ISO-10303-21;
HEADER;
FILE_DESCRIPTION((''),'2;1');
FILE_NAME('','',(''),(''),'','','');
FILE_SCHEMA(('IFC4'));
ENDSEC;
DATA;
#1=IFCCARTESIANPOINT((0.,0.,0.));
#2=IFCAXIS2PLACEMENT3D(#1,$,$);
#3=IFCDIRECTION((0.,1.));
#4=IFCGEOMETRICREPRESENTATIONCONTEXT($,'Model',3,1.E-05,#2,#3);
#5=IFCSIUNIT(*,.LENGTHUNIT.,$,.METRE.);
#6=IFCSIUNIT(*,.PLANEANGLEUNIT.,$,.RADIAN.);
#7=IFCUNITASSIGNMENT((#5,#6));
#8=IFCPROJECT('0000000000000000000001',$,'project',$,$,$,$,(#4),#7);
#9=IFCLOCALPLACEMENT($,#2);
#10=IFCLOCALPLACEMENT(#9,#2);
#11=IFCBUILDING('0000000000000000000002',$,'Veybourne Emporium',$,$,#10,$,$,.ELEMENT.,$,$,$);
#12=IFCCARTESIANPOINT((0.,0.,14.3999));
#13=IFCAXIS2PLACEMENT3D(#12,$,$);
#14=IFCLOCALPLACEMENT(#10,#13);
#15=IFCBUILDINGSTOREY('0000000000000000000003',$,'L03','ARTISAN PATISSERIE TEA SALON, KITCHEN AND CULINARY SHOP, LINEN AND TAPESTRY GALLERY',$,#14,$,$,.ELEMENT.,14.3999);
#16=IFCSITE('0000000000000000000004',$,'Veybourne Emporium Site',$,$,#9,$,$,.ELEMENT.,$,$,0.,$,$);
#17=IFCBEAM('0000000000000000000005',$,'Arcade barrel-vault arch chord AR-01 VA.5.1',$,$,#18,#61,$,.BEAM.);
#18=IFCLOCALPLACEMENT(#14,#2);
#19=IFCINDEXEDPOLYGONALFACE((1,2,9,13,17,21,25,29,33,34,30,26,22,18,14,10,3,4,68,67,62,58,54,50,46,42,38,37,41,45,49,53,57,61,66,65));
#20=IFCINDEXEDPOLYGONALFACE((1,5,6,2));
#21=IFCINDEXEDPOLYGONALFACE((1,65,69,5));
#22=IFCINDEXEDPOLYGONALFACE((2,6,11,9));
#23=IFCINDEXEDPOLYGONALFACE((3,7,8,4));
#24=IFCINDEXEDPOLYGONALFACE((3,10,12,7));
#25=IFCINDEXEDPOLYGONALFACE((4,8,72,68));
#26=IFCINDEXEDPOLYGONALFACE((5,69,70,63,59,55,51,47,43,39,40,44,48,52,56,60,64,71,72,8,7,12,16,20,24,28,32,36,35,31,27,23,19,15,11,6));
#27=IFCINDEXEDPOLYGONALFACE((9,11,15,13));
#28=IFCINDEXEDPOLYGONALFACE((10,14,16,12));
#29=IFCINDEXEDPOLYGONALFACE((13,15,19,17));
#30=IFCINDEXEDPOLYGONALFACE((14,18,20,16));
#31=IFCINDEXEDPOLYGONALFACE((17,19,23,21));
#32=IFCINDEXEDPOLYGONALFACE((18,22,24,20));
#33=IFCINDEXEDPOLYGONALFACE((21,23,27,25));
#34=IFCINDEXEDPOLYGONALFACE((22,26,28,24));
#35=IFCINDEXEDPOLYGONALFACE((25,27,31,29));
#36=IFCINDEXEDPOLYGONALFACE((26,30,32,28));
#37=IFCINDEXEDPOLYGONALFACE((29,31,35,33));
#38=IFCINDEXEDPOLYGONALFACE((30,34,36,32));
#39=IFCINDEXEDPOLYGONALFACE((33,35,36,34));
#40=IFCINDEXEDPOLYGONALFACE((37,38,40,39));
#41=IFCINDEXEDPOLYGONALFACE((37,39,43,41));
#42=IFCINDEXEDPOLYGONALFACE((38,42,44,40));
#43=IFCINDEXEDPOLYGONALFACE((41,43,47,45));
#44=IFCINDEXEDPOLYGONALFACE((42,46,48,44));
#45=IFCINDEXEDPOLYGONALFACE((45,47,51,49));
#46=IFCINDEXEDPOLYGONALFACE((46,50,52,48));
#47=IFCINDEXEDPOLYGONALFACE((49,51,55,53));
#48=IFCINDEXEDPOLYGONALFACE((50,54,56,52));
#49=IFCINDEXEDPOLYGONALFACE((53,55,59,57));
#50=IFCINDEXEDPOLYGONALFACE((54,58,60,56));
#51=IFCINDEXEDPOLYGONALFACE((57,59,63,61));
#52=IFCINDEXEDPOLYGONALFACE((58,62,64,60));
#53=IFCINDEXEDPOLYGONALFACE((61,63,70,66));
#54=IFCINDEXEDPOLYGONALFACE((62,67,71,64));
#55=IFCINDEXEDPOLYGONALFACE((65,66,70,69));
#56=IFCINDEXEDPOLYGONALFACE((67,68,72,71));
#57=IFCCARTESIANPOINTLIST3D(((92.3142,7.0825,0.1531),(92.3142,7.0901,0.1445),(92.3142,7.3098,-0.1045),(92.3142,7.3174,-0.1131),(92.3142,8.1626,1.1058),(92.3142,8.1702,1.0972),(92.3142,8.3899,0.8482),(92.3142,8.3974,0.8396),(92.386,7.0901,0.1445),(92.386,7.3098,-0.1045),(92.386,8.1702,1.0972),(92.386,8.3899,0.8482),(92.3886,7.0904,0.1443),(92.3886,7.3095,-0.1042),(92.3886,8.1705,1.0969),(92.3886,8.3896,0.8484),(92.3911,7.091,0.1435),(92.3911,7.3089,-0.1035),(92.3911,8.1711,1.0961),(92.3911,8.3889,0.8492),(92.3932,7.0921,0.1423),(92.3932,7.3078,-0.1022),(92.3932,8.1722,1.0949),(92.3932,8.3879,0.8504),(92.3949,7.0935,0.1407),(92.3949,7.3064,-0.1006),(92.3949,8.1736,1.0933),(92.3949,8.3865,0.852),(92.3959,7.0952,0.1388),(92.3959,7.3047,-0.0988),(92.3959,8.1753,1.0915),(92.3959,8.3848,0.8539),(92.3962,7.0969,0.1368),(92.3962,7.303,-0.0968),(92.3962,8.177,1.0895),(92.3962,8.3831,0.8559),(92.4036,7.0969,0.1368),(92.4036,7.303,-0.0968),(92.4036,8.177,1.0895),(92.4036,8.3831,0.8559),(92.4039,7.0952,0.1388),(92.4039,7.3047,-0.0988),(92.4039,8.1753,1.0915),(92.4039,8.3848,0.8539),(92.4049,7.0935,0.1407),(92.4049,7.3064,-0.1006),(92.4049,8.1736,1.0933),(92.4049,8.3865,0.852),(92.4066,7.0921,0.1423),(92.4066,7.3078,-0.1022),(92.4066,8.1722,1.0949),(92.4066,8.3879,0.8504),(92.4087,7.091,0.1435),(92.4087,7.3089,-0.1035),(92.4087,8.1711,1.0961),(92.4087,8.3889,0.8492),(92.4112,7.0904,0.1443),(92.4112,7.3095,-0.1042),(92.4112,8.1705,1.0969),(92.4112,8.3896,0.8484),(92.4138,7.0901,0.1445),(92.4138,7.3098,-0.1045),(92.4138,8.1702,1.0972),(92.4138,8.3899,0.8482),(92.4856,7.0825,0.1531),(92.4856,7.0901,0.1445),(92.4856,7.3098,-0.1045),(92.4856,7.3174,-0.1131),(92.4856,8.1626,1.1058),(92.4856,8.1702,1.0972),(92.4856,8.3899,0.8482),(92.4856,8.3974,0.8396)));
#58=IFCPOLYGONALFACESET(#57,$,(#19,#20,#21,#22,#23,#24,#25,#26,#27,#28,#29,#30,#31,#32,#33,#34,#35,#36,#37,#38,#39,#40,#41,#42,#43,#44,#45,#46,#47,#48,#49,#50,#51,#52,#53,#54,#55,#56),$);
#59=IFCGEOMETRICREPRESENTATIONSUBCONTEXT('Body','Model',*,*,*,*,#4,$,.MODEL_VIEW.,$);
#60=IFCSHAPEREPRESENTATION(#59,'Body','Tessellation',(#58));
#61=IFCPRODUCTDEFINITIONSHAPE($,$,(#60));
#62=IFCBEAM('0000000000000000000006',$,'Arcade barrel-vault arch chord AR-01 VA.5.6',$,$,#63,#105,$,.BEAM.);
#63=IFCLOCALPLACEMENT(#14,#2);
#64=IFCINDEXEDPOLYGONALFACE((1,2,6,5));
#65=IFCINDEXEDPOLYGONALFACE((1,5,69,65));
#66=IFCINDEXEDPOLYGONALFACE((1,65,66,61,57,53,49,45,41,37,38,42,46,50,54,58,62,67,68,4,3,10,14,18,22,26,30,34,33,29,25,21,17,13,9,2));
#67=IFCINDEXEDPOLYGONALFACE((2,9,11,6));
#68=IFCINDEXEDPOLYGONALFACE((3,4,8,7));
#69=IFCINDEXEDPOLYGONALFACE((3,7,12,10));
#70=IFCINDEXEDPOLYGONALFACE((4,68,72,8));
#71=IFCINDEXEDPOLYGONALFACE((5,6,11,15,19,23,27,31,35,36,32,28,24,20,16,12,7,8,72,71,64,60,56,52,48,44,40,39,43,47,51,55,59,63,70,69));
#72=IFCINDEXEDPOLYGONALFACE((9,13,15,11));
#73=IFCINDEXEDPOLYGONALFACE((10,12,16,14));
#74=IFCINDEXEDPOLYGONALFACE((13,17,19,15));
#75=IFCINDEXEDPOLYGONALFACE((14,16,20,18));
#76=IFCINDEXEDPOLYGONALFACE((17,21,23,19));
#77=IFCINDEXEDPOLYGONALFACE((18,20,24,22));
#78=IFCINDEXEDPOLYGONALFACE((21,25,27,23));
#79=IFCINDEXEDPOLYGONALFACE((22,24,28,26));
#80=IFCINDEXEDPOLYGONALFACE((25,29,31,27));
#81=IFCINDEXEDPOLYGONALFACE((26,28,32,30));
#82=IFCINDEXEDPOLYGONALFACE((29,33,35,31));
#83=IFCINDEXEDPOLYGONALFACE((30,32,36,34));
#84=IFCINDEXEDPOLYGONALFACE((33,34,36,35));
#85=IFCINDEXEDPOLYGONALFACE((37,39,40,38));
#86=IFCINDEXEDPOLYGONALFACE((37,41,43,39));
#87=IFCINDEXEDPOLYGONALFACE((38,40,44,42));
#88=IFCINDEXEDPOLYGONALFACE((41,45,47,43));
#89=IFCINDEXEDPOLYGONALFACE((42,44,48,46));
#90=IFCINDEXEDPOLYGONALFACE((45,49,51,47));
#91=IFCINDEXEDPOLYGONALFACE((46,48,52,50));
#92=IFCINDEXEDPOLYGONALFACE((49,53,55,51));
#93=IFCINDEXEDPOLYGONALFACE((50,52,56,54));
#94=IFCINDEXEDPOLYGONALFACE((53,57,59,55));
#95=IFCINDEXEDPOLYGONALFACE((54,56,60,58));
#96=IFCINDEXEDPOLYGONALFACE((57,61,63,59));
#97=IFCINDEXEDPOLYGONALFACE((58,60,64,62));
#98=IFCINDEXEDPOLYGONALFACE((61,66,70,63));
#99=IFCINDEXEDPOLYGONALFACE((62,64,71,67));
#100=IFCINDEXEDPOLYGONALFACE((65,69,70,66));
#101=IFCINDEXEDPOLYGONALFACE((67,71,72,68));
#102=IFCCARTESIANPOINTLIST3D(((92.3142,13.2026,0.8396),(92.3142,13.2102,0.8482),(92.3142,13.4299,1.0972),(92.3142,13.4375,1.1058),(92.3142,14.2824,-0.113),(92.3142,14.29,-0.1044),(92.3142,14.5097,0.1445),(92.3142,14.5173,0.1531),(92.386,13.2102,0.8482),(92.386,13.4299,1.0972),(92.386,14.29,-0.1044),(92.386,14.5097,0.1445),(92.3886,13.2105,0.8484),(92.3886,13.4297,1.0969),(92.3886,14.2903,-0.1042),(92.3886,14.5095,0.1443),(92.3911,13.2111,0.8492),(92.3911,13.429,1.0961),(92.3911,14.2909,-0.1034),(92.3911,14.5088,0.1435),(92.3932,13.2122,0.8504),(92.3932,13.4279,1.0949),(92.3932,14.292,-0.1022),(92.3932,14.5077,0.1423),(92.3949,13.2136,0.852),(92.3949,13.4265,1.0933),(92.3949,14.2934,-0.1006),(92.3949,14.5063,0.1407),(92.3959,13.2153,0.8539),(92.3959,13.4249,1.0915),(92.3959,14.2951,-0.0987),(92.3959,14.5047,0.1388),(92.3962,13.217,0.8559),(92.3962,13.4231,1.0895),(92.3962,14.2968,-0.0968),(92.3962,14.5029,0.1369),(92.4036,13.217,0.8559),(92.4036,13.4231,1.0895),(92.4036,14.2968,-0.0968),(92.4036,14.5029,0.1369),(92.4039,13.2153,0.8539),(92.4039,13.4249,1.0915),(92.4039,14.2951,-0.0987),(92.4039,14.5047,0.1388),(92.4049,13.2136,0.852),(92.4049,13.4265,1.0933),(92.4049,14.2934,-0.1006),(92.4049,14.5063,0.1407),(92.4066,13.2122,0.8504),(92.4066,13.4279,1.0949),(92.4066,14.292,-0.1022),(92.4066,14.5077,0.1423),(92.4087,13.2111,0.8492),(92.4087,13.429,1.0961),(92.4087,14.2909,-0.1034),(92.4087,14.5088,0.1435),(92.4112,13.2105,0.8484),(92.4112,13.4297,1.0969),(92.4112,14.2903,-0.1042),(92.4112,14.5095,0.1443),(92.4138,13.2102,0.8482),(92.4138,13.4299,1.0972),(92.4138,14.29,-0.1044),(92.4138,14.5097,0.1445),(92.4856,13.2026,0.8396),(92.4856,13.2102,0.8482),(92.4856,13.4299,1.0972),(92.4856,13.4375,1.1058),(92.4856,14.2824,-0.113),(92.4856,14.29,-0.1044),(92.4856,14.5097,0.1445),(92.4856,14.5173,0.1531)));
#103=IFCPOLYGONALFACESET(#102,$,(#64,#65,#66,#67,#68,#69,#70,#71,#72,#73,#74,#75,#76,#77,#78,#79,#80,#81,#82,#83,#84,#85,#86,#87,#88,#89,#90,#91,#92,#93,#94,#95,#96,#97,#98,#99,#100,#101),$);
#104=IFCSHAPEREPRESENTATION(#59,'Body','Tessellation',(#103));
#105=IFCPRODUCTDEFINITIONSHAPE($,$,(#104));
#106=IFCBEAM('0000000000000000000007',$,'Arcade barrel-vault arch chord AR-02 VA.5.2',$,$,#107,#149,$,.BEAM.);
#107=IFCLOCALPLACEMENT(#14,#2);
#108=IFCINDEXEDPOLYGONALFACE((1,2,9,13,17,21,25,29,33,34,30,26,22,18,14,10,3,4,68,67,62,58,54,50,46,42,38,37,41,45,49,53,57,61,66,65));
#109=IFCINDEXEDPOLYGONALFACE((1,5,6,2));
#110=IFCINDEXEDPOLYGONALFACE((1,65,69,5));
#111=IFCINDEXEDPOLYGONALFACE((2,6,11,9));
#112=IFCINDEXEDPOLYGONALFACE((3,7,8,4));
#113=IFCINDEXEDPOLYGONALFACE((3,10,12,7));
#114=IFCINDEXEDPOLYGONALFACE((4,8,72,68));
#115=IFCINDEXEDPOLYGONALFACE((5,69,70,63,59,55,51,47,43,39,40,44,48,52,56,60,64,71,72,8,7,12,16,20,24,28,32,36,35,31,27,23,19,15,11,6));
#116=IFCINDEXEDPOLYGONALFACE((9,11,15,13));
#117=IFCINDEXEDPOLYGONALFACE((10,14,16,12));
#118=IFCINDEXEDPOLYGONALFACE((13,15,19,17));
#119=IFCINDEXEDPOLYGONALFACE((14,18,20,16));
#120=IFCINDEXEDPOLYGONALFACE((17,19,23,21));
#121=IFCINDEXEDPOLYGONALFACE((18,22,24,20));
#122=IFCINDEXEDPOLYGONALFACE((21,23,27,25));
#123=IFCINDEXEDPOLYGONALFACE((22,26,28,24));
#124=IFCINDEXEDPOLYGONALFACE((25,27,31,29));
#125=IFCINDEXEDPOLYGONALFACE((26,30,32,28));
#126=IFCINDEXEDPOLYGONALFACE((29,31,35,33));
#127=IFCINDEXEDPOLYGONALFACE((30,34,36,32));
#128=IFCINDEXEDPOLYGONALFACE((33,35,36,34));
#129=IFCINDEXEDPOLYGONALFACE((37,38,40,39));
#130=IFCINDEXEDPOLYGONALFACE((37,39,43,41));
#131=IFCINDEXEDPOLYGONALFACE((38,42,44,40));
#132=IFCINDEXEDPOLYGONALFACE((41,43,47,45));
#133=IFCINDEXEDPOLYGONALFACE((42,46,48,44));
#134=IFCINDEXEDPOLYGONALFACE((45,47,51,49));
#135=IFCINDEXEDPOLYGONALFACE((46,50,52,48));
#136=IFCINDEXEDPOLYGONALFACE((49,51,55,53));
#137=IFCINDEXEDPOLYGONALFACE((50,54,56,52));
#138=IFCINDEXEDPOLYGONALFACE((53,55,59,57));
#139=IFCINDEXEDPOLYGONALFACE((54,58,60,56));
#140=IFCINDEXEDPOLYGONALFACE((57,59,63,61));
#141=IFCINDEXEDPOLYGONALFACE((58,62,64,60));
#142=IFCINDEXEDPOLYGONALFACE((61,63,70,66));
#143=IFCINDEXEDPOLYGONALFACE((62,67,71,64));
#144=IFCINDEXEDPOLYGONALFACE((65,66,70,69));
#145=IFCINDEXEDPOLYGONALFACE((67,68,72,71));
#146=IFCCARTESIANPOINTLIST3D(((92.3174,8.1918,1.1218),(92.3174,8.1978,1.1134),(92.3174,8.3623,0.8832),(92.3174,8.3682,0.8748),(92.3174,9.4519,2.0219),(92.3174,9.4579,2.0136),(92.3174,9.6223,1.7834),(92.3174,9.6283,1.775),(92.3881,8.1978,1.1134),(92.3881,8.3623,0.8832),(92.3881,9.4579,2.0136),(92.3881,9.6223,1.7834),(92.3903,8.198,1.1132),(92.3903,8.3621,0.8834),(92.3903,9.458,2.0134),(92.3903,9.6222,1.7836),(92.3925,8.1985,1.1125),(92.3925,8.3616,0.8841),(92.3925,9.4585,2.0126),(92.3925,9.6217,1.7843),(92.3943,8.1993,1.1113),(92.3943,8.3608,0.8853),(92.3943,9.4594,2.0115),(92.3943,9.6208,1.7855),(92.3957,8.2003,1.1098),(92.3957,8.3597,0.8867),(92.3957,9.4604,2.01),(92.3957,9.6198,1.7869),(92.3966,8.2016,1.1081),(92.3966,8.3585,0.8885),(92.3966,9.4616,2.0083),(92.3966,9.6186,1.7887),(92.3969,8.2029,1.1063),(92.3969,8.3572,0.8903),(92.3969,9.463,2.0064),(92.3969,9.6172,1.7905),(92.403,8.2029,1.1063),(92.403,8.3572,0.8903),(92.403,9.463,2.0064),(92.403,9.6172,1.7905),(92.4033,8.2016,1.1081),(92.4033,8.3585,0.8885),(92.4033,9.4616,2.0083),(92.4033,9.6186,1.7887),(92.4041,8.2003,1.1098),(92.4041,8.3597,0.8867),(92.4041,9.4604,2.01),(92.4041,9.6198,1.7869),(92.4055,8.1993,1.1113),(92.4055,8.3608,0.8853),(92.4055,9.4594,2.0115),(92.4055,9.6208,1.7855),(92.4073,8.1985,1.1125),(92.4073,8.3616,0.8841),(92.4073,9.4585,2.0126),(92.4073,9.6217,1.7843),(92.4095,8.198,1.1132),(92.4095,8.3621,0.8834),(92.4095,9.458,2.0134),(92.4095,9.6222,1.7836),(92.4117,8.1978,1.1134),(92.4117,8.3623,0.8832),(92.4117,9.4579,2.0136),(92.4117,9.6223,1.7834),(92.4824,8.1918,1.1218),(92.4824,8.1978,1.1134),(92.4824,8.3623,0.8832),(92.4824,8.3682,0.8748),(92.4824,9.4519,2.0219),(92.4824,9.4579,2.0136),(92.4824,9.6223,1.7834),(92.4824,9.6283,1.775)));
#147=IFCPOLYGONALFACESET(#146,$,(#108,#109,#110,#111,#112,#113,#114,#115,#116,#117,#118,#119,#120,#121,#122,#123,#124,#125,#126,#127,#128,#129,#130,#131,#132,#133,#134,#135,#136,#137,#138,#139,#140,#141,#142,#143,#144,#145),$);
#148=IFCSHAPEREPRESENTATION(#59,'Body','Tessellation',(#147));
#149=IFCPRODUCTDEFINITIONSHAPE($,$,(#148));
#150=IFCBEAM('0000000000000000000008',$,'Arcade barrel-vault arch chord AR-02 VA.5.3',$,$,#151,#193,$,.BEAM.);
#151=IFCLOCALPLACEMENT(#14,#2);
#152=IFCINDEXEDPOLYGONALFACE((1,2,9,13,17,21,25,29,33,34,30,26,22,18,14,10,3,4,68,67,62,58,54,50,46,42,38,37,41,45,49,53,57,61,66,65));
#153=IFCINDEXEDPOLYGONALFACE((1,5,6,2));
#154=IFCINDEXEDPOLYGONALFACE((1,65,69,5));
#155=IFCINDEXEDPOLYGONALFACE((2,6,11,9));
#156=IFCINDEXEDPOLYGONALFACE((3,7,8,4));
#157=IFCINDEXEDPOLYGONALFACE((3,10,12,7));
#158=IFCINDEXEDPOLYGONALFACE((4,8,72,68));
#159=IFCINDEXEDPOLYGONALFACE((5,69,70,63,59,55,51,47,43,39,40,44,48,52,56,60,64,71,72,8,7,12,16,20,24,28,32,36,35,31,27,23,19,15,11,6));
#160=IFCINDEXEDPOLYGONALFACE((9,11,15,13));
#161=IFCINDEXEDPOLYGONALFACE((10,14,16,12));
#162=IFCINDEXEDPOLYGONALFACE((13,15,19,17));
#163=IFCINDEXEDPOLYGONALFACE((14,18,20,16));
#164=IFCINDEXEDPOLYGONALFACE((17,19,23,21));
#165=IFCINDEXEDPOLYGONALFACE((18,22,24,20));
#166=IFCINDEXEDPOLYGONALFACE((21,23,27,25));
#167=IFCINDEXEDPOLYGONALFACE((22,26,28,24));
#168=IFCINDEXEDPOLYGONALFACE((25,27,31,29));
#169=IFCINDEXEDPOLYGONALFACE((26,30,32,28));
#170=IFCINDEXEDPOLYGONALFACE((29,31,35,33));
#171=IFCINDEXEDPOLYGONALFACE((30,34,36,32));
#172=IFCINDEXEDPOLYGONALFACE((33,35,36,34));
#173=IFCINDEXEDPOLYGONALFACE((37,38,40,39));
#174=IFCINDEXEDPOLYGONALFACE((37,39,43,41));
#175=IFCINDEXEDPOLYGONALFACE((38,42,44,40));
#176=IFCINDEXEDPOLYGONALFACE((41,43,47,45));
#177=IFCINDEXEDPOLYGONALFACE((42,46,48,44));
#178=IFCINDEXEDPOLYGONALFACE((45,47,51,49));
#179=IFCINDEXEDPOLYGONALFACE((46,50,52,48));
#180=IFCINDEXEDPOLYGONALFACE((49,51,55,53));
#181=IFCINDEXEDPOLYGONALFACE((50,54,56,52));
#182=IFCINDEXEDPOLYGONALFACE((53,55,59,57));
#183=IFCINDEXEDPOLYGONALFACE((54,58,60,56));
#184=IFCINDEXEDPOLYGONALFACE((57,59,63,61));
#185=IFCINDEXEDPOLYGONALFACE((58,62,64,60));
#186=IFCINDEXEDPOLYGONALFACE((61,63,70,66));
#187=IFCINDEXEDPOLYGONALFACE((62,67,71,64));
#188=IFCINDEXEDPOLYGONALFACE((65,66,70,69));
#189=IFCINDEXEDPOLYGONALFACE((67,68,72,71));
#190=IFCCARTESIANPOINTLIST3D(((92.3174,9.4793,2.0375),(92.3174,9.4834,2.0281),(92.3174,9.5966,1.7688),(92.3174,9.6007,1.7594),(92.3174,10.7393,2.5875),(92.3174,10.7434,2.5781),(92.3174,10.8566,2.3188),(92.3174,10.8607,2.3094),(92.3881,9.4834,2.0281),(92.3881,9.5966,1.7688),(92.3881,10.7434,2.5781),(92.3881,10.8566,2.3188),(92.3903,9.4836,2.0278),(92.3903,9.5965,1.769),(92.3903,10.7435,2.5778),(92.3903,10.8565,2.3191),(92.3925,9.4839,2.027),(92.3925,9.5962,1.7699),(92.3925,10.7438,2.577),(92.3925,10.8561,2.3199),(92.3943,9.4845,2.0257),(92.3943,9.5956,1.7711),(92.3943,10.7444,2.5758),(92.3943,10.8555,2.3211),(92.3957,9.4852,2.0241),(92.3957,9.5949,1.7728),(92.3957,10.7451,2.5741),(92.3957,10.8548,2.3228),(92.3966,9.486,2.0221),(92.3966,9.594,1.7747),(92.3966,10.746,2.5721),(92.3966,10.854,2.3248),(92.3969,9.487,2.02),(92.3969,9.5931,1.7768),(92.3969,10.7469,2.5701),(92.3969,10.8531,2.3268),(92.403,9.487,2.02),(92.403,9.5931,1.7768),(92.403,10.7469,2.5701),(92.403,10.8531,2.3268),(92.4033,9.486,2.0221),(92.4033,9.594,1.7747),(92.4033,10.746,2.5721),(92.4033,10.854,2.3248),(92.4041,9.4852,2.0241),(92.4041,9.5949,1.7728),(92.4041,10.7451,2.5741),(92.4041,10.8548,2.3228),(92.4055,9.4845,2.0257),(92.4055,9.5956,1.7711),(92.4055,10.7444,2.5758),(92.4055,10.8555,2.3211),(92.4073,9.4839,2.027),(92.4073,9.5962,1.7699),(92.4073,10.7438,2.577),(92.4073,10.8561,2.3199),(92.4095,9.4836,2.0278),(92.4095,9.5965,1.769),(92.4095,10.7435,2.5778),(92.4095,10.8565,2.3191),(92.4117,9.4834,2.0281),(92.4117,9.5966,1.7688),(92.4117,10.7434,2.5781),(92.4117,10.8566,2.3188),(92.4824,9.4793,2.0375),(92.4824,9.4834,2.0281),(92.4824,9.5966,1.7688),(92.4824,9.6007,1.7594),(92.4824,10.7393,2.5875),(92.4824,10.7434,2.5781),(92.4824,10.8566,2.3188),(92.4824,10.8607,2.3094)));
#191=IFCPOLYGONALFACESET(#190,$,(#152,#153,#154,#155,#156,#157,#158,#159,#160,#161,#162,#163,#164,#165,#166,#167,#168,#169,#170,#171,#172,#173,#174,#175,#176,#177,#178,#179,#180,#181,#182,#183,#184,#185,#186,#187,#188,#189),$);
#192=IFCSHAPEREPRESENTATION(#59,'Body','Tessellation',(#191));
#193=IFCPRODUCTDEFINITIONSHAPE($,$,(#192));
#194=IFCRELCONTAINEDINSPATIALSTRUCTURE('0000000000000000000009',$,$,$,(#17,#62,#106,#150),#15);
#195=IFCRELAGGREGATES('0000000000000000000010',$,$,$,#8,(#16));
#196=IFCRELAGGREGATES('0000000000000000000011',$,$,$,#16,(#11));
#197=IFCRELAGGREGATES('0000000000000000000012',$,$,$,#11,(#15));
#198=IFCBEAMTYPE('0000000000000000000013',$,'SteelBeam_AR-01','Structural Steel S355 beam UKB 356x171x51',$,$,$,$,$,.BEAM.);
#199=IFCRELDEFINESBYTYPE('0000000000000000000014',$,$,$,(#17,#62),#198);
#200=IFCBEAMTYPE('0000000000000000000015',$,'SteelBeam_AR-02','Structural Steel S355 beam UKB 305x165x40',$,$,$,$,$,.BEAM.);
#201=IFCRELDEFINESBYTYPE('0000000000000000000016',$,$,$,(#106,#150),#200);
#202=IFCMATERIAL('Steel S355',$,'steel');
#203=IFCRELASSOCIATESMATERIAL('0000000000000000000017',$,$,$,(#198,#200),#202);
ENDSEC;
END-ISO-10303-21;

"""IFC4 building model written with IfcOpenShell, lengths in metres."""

from ifc_helpers import new_model, si_unit, direction, frame, origin, origin_2d, place, context, subcontext, project, spatial, i_section, extrude, material, material_profile, profile_set, type_object, element, save


model = new_model("IFC4")

# Units and contexts
model_context = context("Model", 3, precision=1e-05, world=origin(), true_north=direction((0.0, 1.0)))
body_context = subcontext(model_context, "Body", "Model", "MODEL_VIEW")
ifc_project = project(units=[si_unit("LENGTHUNIT", "METRE"), si_unit("PLANEANGLEUNIT", "RADIAN")], contexts=[model_context])

# Site, building, storey
site_placement = place(None, origin())
site = spatial("IfcSite", under=ifc_project, at=site_placement, Name="Veybourne Emporium Site", CompositionType="ELEMENT", RefElevation=0.0)
building_placement = place(site_placement, origin())
building = spatial("IfcBuilding", under=site, at=building_placement, Name="Veybourne Emporium", CompositionType="ELEMENT")
storey_placement = place(building_placement, frame((0.0, 0.0, 14.3999)))
storey = spatial("IfcBuildingStorey", under=building, at=storey_placement, Name="L03", Description="ARTISAN PATISSERIE TEA SALON, KITCHEN AND CULINARY SHOP, LINEN AND TAPESTRY GALLERY", CompositionType="ELEMENT", Elevation=14.3999)

# Beams
ifc_material_1 = material(Name="Steel S355", Category="steel")
ifc_material_profile_1 = material_profile(ifc_material_1, i_section(OverallWidth=0.1714, OverallDepth=0.355, WebThickness=0.0073, FlangeThickness=0.0115, FilletRadius=0.0103, at=origin_2d()), Name="UKB 356x171x51")
ifc_profile_set_1 = profile_set([ifc_material_profile_1], Name="Steel S355")
beam_type_1 = type_object("IfcBeamType", Name="SteelBeam_AR-01", Description="Structural Steel S355 beam UKB 356x171x51", PredefinedType="BEAM", material=ifc_profile_set_1)
beam_1_placement = place(storey_placement, frame((92.3999, 7.2, 0.02), z_axis=(0.0, 0.749966, 0.661476), x_axis=(-1.0, 0.0, 0.0)))
element("IfcBeam", 1, at=beam_1_placement, inside=storey, type_object=beam_type_1, Name="Arcade barrel-vault arch chord AR-01 VA.5.1", PredefinedType="BEAM", context=body_context, shape_type="SweptSolid", body=[
    extrude(i_section(OverallWidth=0.1714, OverallDepth=0.355, WebThickness=0.0073, FlangeThickness=0.0115, FilletRadius=0.0103, at=origin_2d()), origin(), (0.0, 0.0, 1.0), 1.4402),
])
beam_2_placement = place(storey_placement, frame((92.3999, 13.3201, 0.9727), z_axis=(0.0, 0.749892, -0.66156), x_axis=(-1.0, 0.0, 0.0)))
element("IfcBeam", 2, at=beam_2_placement, inside=storey, type_object=beam_type_1, Name="Arcade barrel-vault arch chord AR-01 VA.5.6", PredefinedType="BEAM", context=body_context, shape_type="SweptSolid", body=[
    extrude(i_section(OverallWidth=0.1714, OverallDepth=0.355, WebThickness=0.0073, FlangeThickness=0.0115, FilletRadius=0.0103, at=origin_2d()), origin(), (0.0, 0.0, 1.0), 1.4399),
])
ifc_material_profile_2 = material_profile(ifc_material_1, i_section(OverallWidth=0.165, OverallDepth=0.3035, WebThickness=0.0061, FlangeThickness=0.0103, FilletRadius=0.0088, at=origin_2d()), Name="UKB 305x165x40")
ifc_profile_set_2 = profile_set([ifc_material_profile_2], Name="Steel S355")
beam_type_2 = type_object("IfcBeamType", Name="SteelBeam_AR-02", Description="Structural Steel S355 beam UKB 305x165x40", PredefinedType="BEAM", material=ifc_profile_set_2)
beam_3_placement = place(storey_placement, frame((92.3999, 8.28, 0.9983), z_axis=(0.0, 0.813691, 0.581298), x_axis=(-1.0, 0.0, 0.0)))
element("IfcBeam", 3, at=beam_3_placement, inside=storey, type_object=beam_type_2, Name="Arcade barrel-vault arch chord AR-02 VA.5.2", PredefinedType="BEAM", context=body_context, shape_type="SweptSolid", body=[
    extrude(i_section(OverallWidth=0.165, OverallDepth=0.3035, WebThickness=0.0061, FlangeThickness=0.0103, FilletRadius=0.0088, at=origin_2d()), origin(), (0.0, 0.0, 1.0), 1.5486),
])
for number, where, z_axis, x_axis, name in (
    (4, (92.3999, 9.54, 1.8984), (0.0, 0.916479, 0.400083), (-1.0, 0.0, 0.0), "Arcade barrel-vault arch chord AR-02 VA.5.3"),
):
    element("IfcBeam", number, at=place(storey_placement, frame(where, z_axis=z_axis, x_axis=x_axis)), inside=storey, type_object=beam_type_2, Name=name, PredefinedType="BEAM", context=body_context, shape_type="SweptSolid", body=[
        extrude(i_section(OverallWidth=0.165, OverallDepth=0.3035, WebThickness=0.0061, FlangeThickness=0.0103, FilletRadius=0.0088, at=origin_2d()), origin(), (0.0, 0.0, 1.0), 1.3748),
    ])

save(model, "model.ifc")
